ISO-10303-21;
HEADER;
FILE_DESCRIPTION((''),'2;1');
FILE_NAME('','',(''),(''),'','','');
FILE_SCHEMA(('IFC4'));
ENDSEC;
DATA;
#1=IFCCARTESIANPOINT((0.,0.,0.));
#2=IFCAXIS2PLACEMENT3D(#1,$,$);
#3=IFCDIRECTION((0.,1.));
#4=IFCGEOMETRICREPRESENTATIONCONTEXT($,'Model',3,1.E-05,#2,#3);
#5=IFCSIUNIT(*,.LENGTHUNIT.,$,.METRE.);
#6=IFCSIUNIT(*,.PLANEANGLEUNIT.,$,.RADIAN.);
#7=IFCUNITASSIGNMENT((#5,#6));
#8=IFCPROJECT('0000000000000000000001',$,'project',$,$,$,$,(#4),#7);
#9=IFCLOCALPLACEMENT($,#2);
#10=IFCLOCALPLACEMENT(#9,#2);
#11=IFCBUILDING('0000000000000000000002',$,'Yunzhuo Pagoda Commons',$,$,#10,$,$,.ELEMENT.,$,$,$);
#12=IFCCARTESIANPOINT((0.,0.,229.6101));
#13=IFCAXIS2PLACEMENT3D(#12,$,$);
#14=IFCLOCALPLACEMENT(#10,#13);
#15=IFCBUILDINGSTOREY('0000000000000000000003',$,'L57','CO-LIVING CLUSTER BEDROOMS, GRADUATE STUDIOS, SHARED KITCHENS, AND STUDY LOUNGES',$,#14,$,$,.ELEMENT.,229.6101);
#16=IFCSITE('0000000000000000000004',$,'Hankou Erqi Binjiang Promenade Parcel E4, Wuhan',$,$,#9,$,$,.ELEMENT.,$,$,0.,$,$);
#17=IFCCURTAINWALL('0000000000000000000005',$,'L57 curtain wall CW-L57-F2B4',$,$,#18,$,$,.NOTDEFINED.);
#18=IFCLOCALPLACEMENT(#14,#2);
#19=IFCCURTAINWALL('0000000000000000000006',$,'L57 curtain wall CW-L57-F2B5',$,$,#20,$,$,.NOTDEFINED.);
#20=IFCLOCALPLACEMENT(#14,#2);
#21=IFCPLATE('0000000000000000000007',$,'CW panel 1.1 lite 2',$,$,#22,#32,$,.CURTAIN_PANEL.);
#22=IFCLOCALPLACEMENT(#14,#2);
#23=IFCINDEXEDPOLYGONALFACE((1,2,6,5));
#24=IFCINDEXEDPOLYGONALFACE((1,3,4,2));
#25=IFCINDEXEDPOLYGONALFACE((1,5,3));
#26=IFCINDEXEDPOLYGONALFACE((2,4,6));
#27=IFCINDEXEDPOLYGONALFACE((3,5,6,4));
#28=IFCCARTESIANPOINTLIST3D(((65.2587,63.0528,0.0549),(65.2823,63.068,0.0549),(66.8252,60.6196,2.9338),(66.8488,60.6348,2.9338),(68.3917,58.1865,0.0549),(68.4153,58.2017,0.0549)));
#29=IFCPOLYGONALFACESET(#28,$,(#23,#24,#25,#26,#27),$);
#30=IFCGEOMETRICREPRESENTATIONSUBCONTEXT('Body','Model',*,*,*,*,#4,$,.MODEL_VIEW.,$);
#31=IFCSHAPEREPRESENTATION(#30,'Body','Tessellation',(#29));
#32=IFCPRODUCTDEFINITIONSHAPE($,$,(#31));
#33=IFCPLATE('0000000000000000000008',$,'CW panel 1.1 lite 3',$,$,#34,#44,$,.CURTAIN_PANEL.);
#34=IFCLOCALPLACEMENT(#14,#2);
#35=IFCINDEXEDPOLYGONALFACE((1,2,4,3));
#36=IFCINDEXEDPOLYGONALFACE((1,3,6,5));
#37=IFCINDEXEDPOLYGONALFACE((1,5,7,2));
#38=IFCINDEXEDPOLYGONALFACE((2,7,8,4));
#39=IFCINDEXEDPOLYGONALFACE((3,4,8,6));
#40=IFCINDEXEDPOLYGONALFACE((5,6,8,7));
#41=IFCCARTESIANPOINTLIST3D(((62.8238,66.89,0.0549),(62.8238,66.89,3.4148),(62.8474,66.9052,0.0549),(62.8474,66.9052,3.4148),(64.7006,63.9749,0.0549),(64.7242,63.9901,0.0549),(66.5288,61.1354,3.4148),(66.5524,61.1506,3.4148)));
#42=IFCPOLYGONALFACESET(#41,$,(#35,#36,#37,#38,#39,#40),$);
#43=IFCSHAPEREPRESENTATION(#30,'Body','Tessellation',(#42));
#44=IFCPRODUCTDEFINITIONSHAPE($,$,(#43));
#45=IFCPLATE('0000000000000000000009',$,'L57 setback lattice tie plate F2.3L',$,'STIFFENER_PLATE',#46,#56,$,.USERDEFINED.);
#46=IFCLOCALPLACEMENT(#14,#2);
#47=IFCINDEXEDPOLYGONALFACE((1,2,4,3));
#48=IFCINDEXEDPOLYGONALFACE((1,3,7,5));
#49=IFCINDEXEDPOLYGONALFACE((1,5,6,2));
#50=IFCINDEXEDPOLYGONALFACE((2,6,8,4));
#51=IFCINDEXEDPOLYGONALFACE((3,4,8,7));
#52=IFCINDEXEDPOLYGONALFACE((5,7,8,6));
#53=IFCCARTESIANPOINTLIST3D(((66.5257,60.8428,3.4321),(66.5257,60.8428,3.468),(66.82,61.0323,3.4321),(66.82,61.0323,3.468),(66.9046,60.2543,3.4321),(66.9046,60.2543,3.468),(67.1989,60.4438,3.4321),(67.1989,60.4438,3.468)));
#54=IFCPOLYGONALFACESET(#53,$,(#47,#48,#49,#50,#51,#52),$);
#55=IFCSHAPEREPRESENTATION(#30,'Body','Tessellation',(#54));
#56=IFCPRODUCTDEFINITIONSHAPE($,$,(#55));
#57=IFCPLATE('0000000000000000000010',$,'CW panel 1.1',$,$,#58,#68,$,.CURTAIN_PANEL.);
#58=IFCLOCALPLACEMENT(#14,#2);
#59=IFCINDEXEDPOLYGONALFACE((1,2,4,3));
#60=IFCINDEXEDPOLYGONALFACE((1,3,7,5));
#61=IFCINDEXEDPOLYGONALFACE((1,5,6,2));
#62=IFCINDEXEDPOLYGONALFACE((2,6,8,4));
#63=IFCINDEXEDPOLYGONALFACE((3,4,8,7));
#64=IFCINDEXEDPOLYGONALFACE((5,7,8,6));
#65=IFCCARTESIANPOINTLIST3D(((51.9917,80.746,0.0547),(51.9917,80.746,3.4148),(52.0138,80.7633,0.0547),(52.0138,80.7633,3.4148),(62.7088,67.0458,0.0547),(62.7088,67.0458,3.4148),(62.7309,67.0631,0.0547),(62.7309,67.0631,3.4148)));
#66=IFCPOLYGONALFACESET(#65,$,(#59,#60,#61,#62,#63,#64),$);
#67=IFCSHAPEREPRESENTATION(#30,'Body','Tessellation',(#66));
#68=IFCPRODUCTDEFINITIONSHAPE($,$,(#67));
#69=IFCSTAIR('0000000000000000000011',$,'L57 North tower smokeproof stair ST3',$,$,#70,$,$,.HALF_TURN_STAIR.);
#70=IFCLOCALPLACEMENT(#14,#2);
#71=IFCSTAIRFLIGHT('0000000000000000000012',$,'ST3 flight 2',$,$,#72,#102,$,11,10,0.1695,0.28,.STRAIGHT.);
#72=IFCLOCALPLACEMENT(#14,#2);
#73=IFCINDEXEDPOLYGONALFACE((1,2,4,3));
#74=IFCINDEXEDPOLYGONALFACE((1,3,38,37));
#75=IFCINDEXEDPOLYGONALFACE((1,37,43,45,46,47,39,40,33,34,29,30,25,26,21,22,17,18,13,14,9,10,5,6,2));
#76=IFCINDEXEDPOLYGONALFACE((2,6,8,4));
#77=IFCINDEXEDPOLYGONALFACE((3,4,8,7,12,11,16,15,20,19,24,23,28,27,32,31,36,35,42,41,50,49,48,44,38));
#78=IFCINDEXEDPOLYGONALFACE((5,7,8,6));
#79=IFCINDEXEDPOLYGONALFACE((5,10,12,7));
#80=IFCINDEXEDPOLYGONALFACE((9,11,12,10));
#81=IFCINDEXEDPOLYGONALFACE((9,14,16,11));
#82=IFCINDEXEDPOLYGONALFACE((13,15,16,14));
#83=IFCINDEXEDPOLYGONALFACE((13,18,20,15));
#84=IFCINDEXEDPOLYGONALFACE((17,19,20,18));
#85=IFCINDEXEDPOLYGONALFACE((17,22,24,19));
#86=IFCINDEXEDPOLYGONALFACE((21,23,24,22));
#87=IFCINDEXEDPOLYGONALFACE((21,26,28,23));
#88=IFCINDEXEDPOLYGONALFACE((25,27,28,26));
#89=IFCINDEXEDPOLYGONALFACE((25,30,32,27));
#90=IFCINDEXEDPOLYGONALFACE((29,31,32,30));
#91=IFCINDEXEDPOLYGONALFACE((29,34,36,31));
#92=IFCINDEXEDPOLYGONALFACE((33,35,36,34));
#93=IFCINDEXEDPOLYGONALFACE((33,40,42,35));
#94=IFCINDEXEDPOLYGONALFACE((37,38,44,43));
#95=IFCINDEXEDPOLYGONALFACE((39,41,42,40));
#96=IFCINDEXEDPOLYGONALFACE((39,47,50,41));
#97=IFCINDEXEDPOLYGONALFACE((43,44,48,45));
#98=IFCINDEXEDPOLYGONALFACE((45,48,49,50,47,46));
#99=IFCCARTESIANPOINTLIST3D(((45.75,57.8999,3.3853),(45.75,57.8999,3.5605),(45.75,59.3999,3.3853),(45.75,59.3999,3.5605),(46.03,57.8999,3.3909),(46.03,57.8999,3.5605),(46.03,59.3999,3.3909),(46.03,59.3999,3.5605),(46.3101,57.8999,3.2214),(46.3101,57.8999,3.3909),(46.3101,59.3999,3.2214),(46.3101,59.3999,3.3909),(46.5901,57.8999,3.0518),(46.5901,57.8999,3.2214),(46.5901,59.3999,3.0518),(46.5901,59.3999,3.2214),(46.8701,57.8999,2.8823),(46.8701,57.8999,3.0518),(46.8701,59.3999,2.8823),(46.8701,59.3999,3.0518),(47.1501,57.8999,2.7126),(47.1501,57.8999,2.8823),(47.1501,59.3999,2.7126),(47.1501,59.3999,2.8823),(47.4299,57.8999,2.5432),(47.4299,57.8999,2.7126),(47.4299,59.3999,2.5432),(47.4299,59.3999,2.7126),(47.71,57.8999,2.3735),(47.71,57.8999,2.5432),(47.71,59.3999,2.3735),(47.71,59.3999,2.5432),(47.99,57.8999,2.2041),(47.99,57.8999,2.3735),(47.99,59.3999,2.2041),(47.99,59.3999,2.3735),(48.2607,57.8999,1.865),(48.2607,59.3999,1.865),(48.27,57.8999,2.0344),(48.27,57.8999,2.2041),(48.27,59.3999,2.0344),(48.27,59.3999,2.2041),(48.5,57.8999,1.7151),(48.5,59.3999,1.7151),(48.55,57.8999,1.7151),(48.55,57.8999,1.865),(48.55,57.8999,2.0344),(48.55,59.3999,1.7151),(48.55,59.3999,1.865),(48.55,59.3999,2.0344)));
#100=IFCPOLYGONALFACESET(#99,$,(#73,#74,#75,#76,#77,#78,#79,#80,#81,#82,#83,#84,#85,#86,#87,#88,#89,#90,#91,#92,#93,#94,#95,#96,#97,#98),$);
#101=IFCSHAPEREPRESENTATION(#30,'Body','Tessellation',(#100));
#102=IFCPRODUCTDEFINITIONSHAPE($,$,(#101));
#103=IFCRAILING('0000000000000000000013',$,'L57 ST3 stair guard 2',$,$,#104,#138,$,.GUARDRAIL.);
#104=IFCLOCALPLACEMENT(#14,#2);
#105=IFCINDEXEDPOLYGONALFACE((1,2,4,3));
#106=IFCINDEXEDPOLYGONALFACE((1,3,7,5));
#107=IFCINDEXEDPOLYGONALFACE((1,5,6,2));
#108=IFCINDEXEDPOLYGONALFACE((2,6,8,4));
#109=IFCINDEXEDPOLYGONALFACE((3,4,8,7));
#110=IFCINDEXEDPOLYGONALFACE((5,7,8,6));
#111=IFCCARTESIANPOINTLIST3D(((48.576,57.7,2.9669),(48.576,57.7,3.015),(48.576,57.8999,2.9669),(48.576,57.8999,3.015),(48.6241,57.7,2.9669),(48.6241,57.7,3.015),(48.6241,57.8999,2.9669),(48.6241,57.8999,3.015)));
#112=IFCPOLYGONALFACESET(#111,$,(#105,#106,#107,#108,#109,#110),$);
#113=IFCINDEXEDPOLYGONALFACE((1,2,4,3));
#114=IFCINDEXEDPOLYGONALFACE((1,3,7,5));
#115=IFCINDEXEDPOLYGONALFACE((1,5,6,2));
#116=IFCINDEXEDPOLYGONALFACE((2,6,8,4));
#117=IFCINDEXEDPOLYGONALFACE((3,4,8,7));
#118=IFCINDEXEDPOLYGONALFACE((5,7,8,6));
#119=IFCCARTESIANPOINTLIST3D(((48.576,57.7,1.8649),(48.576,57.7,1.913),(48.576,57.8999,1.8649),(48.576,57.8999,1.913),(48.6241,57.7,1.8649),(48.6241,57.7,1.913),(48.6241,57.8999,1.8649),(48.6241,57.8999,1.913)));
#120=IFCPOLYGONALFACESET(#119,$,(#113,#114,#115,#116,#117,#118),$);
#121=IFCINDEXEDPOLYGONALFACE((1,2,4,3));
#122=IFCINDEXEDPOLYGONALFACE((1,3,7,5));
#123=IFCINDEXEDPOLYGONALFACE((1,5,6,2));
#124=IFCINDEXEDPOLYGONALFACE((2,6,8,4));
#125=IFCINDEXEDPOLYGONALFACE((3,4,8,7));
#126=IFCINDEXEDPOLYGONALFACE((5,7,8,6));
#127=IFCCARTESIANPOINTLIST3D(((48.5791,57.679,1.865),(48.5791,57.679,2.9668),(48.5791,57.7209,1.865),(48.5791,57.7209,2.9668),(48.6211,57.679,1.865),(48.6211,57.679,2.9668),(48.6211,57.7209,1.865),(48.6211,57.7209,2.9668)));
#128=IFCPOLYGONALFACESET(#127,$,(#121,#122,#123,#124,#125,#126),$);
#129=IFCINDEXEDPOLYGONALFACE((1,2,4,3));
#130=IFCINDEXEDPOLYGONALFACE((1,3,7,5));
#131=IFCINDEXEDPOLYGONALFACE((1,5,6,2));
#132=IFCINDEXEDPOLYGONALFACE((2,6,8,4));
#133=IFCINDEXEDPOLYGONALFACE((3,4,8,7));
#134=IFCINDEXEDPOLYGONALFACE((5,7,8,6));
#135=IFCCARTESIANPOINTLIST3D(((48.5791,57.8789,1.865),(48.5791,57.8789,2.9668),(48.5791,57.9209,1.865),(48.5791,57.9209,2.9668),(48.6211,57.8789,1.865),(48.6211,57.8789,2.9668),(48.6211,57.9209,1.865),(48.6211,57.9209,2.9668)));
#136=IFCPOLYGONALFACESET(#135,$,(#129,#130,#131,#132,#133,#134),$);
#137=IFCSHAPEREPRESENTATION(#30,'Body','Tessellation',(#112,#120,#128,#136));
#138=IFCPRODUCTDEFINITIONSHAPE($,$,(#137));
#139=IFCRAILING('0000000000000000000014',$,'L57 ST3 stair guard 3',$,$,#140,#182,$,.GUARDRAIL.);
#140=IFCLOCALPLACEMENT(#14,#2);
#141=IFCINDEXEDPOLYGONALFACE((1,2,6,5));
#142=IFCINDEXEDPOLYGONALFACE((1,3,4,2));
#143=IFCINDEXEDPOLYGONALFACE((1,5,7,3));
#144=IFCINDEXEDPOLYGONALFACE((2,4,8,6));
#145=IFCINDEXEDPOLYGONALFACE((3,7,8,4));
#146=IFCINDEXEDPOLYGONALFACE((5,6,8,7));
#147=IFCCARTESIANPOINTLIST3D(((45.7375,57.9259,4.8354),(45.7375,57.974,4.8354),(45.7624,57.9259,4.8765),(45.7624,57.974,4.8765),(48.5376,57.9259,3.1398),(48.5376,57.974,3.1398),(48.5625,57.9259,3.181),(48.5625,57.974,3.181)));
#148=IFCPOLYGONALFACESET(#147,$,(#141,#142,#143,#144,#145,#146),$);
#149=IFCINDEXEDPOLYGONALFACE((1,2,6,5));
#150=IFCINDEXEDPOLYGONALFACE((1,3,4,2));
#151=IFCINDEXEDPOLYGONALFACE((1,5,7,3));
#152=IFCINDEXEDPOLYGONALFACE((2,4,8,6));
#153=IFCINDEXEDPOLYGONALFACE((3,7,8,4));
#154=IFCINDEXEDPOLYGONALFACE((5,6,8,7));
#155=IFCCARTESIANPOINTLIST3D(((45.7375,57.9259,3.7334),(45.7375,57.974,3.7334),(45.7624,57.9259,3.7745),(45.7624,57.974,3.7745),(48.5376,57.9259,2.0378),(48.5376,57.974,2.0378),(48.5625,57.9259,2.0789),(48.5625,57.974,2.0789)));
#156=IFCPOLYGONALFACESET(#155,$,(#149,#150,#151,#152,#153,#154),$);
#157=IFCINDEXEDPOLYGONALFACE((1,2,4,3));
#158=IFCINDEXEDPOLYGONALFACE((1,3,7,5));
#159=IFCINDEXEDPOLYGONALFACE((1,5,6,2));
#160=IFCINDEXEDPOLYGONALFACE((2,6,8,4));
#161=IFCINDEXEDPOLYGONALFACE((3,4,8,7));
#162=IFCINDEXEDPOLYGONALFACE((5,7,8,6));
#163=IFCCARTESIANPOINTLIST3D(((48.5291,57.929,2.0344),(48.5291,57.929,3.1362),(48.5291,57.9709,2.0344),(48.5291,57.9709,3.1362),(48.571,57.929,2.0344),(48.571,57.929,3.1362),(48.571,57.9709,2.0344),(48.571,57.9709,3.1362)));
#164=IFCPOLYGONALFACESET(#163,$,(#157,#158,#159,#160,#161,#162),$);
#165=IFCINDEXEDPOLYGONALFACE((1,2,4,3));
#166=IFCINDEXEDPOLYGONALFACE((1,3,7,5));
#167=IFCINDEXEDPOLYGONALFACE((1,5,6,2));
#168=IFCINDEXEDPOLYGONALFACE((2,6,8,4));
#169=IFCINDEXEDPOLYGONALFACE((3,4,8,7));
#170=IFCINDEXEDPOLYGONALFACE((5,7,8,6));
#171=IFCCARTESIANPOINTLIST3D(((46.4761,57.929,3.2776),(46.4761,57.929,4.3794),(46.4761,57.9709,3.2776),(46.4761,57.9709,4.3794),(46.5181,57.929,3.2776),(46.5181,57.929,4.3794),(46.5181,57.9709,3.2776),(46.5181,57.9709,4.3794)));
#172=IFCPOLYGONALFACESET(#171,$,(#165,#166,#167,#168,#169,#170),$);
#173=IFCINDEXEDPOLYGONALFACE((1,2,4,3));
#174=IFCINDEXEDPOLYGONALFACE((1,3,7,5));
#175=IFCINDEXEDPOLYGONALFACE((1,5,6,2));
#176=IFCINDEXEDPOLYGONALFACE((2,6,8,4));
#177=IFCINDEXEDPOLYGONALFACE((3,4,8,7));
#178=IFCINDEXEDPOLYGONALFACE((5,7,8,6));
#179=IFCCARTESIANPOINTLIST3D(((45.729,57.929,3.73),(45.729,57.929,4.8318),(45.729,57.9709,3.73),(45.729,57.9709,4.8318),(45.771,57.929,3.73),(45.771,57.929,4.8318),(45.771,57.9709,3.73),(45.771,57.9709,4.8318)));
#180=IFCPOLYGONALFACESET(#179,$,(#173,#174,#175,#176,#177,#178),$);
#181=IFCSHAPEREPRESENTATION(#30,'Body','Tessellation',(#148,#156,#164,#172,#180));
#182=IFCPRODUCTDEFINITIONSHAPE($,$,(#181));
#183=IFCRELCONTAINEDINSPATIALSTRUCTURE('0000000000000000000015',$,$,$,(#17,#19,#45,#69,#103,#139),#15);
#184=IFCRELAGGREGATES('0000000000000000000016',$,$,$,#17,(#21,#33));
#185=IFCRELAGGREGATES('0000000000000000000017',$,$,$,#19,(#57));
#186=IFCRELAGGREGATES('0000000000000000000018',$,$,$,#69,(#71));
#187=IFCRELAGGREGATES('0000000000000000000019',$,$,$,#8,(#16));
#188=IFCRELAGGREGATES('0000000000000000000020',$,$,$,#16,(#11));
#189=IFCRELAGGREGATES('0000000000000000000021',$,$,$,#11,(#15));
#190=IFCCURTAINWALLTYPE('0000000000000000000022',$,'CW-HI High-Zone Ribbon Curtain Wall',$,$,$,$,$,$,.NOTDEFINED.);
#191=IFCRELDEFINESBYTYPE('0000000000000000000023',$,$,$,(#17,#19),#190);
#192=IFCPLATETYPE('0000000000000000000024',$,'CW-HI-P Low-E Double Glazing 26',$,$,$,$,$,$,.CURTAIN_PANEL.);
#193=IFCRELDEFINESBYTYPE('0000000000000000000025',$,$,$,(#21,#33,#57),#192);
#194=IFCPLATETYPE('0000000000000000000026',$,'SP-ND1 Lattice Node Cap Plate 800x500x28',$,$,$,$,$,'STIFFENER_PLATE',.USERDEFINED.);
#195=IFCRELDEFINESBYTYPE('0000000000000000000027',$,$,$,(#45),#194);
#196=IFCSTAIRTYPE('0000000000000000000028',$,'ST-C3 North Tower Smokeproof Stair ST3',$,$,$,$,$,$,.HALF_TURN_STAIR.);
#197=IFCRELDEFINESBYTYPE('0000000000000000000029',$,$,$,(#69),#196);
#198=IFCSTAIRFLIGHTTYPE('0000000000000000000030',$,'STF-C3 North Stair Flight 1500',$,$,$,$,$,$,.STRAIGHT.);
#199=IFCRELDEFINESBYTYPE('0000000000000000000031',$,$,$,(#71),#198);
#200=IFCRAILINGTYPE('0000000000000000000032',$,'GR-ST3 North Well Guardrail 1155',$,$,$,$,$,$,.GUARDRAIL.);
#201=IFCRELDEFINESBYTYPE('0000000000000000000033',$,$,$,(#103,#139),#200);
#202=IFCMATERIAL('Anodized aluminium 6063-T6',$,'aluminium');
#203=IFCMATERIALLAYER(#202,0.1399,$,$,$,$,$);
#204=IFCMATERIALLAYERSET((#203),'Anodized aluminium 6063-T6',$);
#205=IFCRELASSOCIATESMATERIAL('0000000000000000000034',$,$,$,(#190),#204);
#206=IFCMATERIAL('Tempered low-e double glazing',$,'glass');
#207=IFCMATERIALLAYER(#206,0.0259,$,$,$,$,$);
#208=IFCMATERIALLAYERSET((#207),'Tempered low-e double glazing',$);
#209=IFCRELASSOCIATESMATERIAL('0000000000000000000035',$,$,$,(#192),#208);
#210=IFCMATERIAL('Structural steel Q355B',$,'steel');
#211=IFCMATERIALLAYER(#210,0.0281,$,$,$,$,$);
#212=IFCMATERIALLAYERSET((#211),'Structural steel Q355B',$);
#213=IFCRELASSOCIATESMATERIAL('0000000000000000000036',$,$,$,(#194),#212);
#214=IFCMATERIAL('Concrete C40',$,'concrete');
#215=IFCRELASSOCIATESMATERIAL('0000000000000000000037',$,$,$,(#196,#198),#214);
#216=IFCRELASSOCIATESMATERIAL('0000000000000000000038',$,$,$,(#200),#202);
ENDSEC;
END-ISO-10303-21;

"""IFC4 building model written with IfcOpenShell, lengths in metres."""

from ifc_helpers import new_model, si_unit, direction, frame, origin, origin_2d, place, context, subcontext, project, spatial, polyline, rectangle, outline, extrude, source, transform, mapped, material, layer, layer_set, type_object, element, aggregate, save


model = new_model("IFC4")

# Units and contexts
model_context = context("Model", 3, precision=1e-05, world=origin(), true_north=direction((0.0, 1.0)))
body_context = subcontext(model_context, "Body", "Model", "MODEL_VIEW")
ifc_project = project(units=[si_unit("LENGTHUNIT", "METRE"), si_unit("PLANEANGLEUNIT", "RADIAN")], contexts=[model_context])

# Site, building, storey
site_placement = place(None, origin())
site = spatial("IfcSite", under=ifc_project, at=site_placement, Name="Hankou Erqi Binjiang Promenade Parcel E4, Wuhan", CompositionType="ELEMENT", RefElevation=0.0)
building_placement = place(site_placement, origin())
building = spatial("IfcBuilding", under=site, at=building_placement, Name="Yunzhuo Pagoda Commons", CompositionType="ELEMENT")
storey_placement = place(building_placement, frame((0.0, 0.0, 229.6101)))
storey = spatial("IfcBuildingStorey", under=building, at=storey_placement, Name="L57", Description="CO-LIVING CLUSTER BEDROOMS, GRADUATE STUDIOS, SHARED KITCHENS, AND STUDY LOUNGES", CompositionType="ELEMENT", Elevation=229.6101)

# Shared definitions
ifc_material_1 = material(Name="Structural steel Q355B", Category="steel")

# Curtain wall
ifc_material_2 = material(Name="Anodized aluminium 6063-T6", Category="aluminium")
ifc_layer_1 = layer(ifc_material_2, 0.1399)
ifc_layer_set_1 = layer_set([ifc_layer_1], Name="Anodized aluminium 6063-T6")
curtain_wall_type = type_object("IfcCurtainWallType", Name="CW-HI High-Zone Ribbon Curtain Wall", PredefinedType="NOTDEFINED", material=ifc_layer_set_1)
curtain_wall_1_placement = place(storey_placement, origin())
curtain_wall_1 = element("IfcCurtainWall", 1, at=curtain_wall_1_placement, inside=storey, type_object=curtain_wall_type, Name="L57 curtain wall CW-L57-F2B4", PredefinedType="NOTDEFINED")

# Curtain wall
curtain_wall_2_placement = place(storey_placement, origin())
curtain_wall_2 = element("IfcCurtainWall", 2, at=curtain_wall_2_placement, inside=storey, type_object=curtain_wall_type, Name="L57 curtain wall CW-L57-F2B5", PredefinedType="NOTDEFINED")

# Plates
ifc_material_3 = material(Name="Tempered low-e double glazing", Category="glass")
ifc_layer_2 = layer(ifc_material_3, 0.0259)
ifc_layer_set_2 = layer_set([ifc_layer_2], Name="Tempered low-e double glazing")
plate_type_1 = type_object("IfcPlateType", Name="CW-HI-P Low-E Double Glazing 26", PredefinedType="CURTAIN_PANEL", material=ifc_layer_set_2)
plate_1_placement = place(storey_placement, frame((66.8252, 60.6196, 1.4944), z_axis=(0.840807, 0.541334, 0.0), x_axis=(-0.541334, 0.840807, 0.0)))
plate_1 = element("IfcPlate", 3, at=plate_1_placement, type_object=plate_type_1, Name="CW panel 1.1 lite 2", PredefinedType="CURTAIN_PANEL", context=body_context, shape_type="SweptSolid", body=[
    extrude(outline(polyline([(-2.8938, -1.4395), (2.8938, -1.4395), (0.0, 1.4395), (-2.8938, -1.4395)])), origin(), (0.0, 0.0, 1.0), 0.0281),
])
plate_2_placement = place(storey_placement, frame((64.6763, 64.0127, 1.7349), z_axis=(0.840807, 0.541334, 0.0), x_axis=(-0.541334, 0.840807, 0.0)))
plate_2 = element("IfcPlate", 4, at=plate_2_placement, type_object=plate_type_1, Name="CW panel 1.1 lite 3", PredefinedType="CURTAIN_PANEL", context=body_context, shape_type="SweptSolid", body=[
    extrude(outline(polyline([(-3.4221, 1.6799), (-0.0449, -1.6799), (3.4221, -1.6799), (3.4221, 1.6799), (-3.4221, 1.6799)])), origin(), (0.0, 0.0, 1.0), 0.0281),
])
aggregate(curtain_wall_1, [plate_1, plate_2])
ifc_layer_3 = layer(ifc_material_1, 0.0281)
ifc_layer_set_3 = layer_set([ifc_layer_3], Name="Structural steel Q355B")
plate_type_2 = type_object("IfcPlateType", Name="SP-ND1 Lattice Node Cap Plate 800x500x28", ElementType="STIFFENER_PLATE", PredefinedType="USERDEFINED", material=ifc_layer_set_3)
shared_shape_1 = source(origin(), body_context, "Body", "SweptSolid", [
    extrude(rectangle(XDim=0.7, YDim=0.3501, at=origin_2d()), origin(), (0.0, 0.0, 1.0), 0.0359),
])
plate_3_placement = place(storey_placement, frame((66.8623, 60.6433, 3.4321), z_axis=(0.0, 0.0, 1.0), x_axis=(-0.541341, 0.840803, 0.0)))
element("IfcPlate", 5, at=plate_3_placement, inside=storey, type_object=plate_type_2, Name="L57 setback lattice tie plate F2.3L", ObjectType="STIFFENER_PLATE", PredefinedType="USERDEFINED", context=body_context, shape_type="MappedRepresentation", body=[
    mapped(shared_shape_1, transform((0.0, 0.0, 0.0), scale=1.0)),
])
shared_shape_2 = source(origin(), body_context, "Body", "SweptSolid", [
    extrude(rectangle(XDim=17.394, YDim=0.0281, at=origin_2d()), origin(), (0.0, 0.0, 1.0), 3.3601),
])
plate_4_placement = place(storey_placement, frame((57.3613, 73.9045, 0.0547), z_axis=(0.0, 0.0, 1.0), x_axis=(-0.616136, 0.787639, 0.0)))
plate_4 = element("IfcPlate", 6, at=plate_4_placement, type_object=plate_type_1, Name="CW panel 1.1", PredefinedType="CURTAIN_PANEL", context=body_context, shape_type="MappedRepresentation", body=[
    mapped(shared_shape_2, transform((0.0, 0.0, 0.0), scale=1.0)),
])
aggregate(curtain_wall_2, [plate_4])

# Stair, stair flight
ifc_material_4 = material(Name="Concrete C40", Category="concrete")
stair_type = type_object("IfcStairType", Name="ST-C3 North Tower Smokeproof Stair ST3", PredefinedType="HALF_TURN_STAIR", material=ifc_material_4)
stair_placement = place(storey_placement, origin())
stair = element("IfcStair", 7, at=stair_placement, inside=storey, type_object=stair_type, Name="L57 North tower smokeproof stair ST3", PredefinedType="HALF_TURN_STAIR")
stair_flight_type = type_object("IfcStairFlightType", Name="STF-C3 North Stair Flight 1500", PredefinedType="STRAIGHT", material=ifc_material_4)
shared_shape_3 = source(origin(), body_context, "Body", "SweptSolid", [
    extrude(outline(polyline([(0.0, -0.1499), (0.0, 0.0), (0.0, 0.1694), (0.28, 0.1694), (0.28, 0.3391), (0.5601, 0.3391), (0.5601, 0.5085), (0.8401, 0.5085), (0.8401, 0.6782), (1.1201, 0.6782), (1.1201, 0.8477), (1.3999, 0.8477), (1.3999, 1.0173), (1.6799, 1.0173), (1.6799, 1.1868), (1.96, 1.1868), (1.96, 1.3564), (2.24, 1.3564), (2.24, 1.5259), (2.52, 1.5259), (2.52, 1.6956), (2.8, 1.6956), (2.8, 1.865), (2.8, 1.5203), (0.2893, 0.0), (0.05, -0.1499), (0.0, -0.1499)])), frame((0.0, 0.75, 0.0), z_axis=(0.0, -1.0, 0.0), x_axis=(1.0, 0.0, 0.0)), (0.0, 0.0, 1.0), 1.5),
])
stair_flight_placement = place(storey_placement, frame((48.55, 58.6499, 1.865), z_axis=(0.0, 0.0, 1.0), x_axis=(-1.0, 0.0, 0.0)))
stair_flight = element("IfcStairFlight", 8, at=stair_flight_placement, type_object=stair_flight_type, Name="ST3 flight 2", NumberOfRisers=11, NumberOfTreads=10, PredefinedType="STRAIGHT", RiserHeight=0.1695, TreadLength=0.28, context=body_context, shape_type="MappedRepresentation", body=[
    mapped(shared_shape_3, transform((0.0, 0.0, 0.0), scale=1.0)),
])
aggregate(stair, [stair_flight])

# Railings
railing_type_1 = type_object("IfcRailingType", Name="GR-ST3 North Well Guardrail 1155", PredefinedType="GUARDRAIL", material=ifc_material_2)
railing_1_placement = place(storey_placement, frame((48.6001, 57.7, 1.865)))
element("IfcRailing", 9, at=railing_1_placement, inside=storey, type_object=railing_type_1, Name="L57 ST3 stair guard 2", PredefinedType="GUARDRAIL", context=body_context, shape_type="SweptSolid", body=[
    extrude(rectangle(XDim=0.0481, YDim=0.0481, at=origin_2d()), frame((0.0, 0.0, 1.126), z_axis=(0.0, 1.0, 0.0), x_axis=(-1.0, 0.0, 0.0)), (0.0, 0.0, 1.0), 0.2),
    extrude(rectangle(XDim=0.0481, YDim=0.0481, at=origin_2d()), frame((0.0, 0.0, 0.0239), z_axis=(0.0, 1.0, 0.0), x_axis=(-1.0, 0.0, 0.0)), (0.0, 0.0, 1.0), 0.2),
    extrude(rectangle(XDim=0.042, YDim=0.042, at=origin_2d()), origin(), (0.0, 0.0, 1.0), 1.1018),
    extrude(rectangle(XDim=0.042, YDim=0.042, at=origin_2d()), frame((0.0, 0.2, 0.0)), (0.0, 0.0, 1.0), 1.1018),
])
railing_2_placement = place(storey_placement, frame((48.55, 57.95, 2.0344)))
element("IfcRailing", 10, at=railing_2_placement, inside=storey, type_object=railing_type_1, Name="L57 ST3 stair guard 3", PredefinedType="GUARDRAIL", context=body_context, shape_type="SweptSolid", body=[
    extrude(rectangle(XDim=0.0481, YDim=0.0481, at=origin_2d()), frame((0.0, 0.0, 1.126), z_axis=(-0.855393, 0.0, 0.517979), x_axis=(0.0, -1.0, 0.0)), (0.0, 0.0, 1.0), 3.2734),
    extrude(rectangle(XDim=0.0481, YDim=0.0481, at=origin_2d()), frame((0.0, 0.0, 0.0239), z_axis=(-0.855393, 0.0, 0.517979), x_axis=(0.0, -1.0, 0.0)), (0.0, 0.0, 1.0), 3.2734),
    extrude(rectangle(XDim=0.042, YDim=0.042, at=origin_2d()), origin(), (0.0, 0.0, 1.0), 1.1018),
    extrude(rectangle(XDim=0.042, YDim=0.042, at=origin_2d()), frame((-2.053, 0.0, 1.2432)), (0.0, 0.0, 1.0), 1.1018),
    extrude(rectangle(XDim=0.042, YDim=0.042, at=origin_2d()), frame((-2.8, 0.0, 1.6956)), (0.0, 0.0, 1.0), 1.1018),
])

save(model, "model.ifc")
